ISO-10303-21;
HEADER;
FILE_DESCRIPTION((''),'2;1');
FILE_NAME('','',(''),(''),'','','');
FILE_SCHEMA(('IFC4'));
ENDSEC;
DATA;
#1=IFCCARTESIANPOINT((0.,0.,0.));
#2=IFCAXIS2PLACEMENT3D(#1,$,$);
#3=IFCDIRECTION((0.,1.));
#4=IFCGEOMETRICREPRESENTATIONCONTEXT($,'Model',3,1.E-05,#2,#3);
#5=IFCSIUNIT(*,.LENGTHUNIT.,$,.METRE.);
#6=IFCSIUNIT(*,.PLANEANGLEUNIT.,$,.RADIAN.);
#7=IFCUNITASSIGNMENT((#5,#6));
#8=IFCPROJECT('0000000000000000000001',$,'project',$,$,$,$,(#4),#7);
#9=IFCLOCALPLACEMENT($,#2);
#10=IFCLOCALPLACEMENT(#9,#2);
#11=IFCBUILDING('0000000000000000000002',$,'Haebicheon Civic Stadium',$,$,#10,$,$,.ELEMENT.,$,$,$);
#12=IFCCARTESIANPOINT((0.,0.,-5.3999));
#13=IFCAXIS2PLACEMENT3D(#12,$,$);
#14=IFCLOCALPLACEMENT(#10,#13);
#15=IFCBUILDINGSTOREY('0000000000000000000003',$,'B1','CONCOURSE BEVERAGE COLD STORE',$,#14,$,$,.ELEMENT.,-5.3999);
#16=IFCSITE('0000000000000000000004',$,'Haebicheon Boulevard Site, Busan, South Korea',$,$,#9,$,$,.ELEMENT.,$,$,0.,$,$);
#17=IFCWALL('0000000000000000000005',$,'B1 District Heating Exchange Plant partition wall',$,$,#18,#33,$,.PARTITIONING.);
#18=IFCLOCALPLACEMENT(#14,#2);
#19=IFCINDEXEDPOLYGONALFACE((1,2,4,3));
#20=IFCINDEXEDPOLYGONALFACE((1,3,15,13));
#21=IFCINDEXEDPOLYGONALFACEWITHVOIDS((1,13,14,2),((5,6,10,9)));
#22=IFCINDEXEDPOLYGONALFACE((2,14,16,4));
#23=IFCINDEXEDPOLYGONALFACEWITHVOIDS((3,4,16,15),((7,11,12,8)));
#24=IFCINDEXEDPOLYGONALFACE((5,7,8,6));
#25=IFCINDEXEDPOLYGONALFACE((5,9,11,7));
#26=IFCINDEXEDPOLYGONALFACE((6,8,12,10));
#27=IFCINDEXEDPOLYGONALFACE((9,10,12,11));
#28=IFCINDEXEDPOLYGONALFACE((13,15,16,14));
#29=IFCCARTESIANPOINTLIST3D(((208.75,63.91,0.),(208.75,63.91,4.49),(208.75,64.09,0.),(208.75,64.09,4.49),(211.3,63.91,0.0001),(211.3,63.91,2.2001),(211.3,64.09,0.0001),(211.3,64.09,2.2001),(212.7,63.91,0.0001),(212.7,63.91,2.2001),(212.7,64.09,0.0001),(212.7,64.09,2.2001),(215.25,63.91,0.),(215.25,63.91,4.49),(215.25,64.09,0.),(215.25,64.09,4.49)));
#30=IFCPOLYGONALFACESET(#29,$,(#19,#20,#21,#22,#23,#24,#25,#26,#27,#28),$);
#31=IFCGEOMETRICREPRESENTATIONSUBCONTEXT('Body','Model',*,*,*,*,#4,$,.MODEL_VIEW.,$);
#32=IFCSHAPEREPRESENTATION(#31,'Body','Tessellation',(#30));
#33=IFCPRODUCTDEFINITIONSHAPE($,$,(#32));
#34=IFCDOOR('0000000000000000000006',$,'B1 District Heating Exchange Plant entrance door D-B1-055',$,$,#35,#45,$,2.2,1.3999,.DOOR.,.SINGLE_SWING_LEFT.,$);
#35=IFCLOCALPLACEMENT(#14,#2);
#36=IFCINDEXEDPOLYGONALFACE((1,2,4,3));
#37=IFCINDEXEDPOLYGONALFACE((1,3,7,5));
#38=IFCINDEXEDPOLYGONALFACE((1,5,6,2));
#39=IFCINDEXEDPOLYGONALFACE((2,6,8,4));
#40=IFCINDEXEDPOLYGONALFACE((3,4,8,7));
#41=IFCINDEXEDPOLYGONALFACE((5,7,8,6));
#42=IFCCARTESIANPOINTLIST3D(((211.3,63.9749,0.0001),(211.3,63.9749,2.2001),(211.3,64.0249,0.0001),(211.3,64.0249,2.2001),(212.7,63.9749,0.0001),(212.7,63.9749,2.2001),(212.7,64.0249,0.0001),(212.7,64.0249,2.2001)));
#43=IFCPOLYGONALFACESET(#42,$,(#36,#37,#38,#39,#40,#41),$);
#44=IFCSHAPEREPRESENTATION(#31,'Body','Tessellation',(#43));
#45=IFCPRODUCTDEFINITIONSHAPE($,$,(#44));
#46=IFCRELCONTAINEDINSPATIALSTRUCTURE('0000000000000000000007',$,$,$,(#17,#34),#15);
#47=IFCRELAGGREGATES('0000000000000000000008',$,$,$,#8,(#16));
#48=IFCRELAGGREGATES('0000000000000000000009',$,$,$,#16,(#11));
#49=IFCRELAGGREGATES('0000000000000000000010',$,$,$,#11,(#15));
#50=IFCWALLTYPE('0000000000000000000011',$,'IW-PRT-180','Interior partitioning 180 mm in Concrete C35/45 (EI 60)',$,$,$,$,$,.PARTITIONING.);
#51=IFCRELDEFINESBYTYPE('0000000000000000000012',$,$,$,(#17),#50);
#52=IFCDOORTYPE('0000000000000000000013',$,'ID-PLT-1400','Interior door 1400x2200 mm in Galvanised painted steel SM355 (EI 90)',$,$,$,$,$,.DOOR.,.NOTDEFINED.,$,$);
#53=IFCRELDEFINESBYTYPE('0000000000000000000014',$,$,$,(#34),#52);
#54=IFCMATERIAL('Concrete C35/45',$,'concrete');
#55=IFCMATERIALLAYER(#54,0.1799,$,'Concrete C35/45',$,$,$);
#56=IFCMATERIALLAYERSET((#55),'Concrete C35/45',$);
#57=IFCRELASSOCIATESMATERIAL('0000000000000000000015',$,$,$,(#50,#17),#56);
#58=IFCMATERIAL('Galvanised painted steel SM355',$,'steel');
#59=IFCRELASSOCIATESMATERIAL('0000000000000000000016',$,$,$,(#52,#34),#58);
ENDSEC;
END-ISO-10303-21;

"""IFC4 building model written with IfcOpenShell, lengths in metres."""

from ifc_helpers import new_model, si_unit, direction, frame, frame_2d, origin, place, context, subcontext, project, spatial, rectangle, extrude, material, layer, layer_set, type_object, element, fill, save


model = new_model("IFC4")

# Units and contexts
model_context = context("Model", 3, precision=1e-05, world=origin(), true_north=direction((0.0, 1.0)))
body_context = subcontext(model_context, "Body", "Model", "MODEL_VIEW")
ifc_project = project(units=[si_unit("LENGTHUNIT", "METRE"), si_unit("PLANEANGLEUNIT", "RADIAN")], contexts=[model_context])

# Site, building, storey
site_placement = place(None, origin())
site = spatial("IfcSite", under=ifc_project, at=site_placement, Name="Haebicheon Boulevard Site, Busan, South Korea", CompositionType="ELEMENT", RefElevation=0.0)
building_placement = place(site_placement, origin())
building = spatial("IfcBuilding", under=site, at=building_placement, Name="Haebicheon Civic Stadium", CompositionType="ELEMENT")
storey_placement = place(building_placement, frame((0.0, 0.0, -5.3999)))
storey = spatial("IfcBuildingStorey", under=building, at=storey_placement, Name="B1", Description="CONCOURSE BEVERAGE COLD STORE", CompositionType="ELEMENT", Elevation=-5.3999)

# Wall, opening, door
ifc_material_1 = material(Name="Concrete C35/45", Category="concrete")
ifc_layer_1 = layer(ifc_material_1, 0.1799, Name="Concrete C35/45")
ifc_layer_set_1 = layer_set([ifc_layer_1], Name="Concrete C35/45")
wall_type_1 = type_object("IfcWallType", Name="IW-PRT-180", Description="Interior partitioning 180 mm in Concrete C35/45 (EI 60)", PredefinedType="PARTITIONING", material=ifc_layer_set_1)
wall_1_placement = place(storey_placement, frame((208.75, 64.0, 0.0), z_axis=(0.0, 0.0, 1.0), x_axis=(1.0, 0.0, 0.0)))
wall_1 = element("IfcWall", 1, at=wall_1_placement, inside=storey, type_object=wall_type_1, material=ifc_layer_set_1, Name="B1 District Heating Exchange Plant partition wall", PredefinedType="PARTITIONING", context=body_context, shape_type="SweptSolid", body=[
    extrude(rectangle(XDim=6.5, YDim=0.1799, at=frame_2d((3.25, 0.0))), origin(), (0.0, 0.0, 1.0), 4.49),
])
opening_1_placement = place(wall_1_placement, frame((2.55, 0.0, 0.0)))
opening_1 = element("IfcOpeningElement", 2, at=opening_1_placement, cuts=wall_1, PredefinedType="OPENING", context=body_context, shape_type="SweptSolid", body=[
    extrude(rectangle(XDim=1.3999, YDim=2.2, at=frame_2d((0.7, 1.1001))), frame((0.0, 0.0999, 0.0), z_axis=(0.0, -1.0, 0.0), x_axis=(1.0, 0.0, 0.0)), (0.0, 0.0, 1.0), 0.2),
])
ifc_material_2 = material(Name="Galvanised painted steel SM355", Category="steel")
door_type_1 = type_object("IfcDoorType", Name="ID-PLT-1400", Description="Interior door 1400x2200 mm in Galvanised painted steel SM355 (EI 90)", OperationType="NOTDEFINED", PredefinedType="DOOR", material=ifc_material_2)
door_1_placement = place(opening_1_placement, origin())
door_1 = element("IfcDoor", 3, at=door_1_placement, inside=storey, type_object=door_type_1, material=ifc_material_2, Name="B1 District Heating Exchange Plant entrance door D-B1-055", OperationType="SINGLE_SWING_LEFT", OverallHeight=2.2, OverallWidth=1.3999, PredefinedType="DOOR", context=body_context, shape_type="SweptSolid", body=[
    extrude(rectangle(XDim=1.3999, YDim=2.2, at=frame_2d((0.7, 1.1001))), frame((0.0, 0.0249, 0.0), z_axis=(0.0, -1.0, 0.0), x_axis=(1.0, 0.0, 0.0)), (0.0, 0.0, 1.0), 0.05),
])
fill(opening_1, door_1)

save(model, "model.ifc")
